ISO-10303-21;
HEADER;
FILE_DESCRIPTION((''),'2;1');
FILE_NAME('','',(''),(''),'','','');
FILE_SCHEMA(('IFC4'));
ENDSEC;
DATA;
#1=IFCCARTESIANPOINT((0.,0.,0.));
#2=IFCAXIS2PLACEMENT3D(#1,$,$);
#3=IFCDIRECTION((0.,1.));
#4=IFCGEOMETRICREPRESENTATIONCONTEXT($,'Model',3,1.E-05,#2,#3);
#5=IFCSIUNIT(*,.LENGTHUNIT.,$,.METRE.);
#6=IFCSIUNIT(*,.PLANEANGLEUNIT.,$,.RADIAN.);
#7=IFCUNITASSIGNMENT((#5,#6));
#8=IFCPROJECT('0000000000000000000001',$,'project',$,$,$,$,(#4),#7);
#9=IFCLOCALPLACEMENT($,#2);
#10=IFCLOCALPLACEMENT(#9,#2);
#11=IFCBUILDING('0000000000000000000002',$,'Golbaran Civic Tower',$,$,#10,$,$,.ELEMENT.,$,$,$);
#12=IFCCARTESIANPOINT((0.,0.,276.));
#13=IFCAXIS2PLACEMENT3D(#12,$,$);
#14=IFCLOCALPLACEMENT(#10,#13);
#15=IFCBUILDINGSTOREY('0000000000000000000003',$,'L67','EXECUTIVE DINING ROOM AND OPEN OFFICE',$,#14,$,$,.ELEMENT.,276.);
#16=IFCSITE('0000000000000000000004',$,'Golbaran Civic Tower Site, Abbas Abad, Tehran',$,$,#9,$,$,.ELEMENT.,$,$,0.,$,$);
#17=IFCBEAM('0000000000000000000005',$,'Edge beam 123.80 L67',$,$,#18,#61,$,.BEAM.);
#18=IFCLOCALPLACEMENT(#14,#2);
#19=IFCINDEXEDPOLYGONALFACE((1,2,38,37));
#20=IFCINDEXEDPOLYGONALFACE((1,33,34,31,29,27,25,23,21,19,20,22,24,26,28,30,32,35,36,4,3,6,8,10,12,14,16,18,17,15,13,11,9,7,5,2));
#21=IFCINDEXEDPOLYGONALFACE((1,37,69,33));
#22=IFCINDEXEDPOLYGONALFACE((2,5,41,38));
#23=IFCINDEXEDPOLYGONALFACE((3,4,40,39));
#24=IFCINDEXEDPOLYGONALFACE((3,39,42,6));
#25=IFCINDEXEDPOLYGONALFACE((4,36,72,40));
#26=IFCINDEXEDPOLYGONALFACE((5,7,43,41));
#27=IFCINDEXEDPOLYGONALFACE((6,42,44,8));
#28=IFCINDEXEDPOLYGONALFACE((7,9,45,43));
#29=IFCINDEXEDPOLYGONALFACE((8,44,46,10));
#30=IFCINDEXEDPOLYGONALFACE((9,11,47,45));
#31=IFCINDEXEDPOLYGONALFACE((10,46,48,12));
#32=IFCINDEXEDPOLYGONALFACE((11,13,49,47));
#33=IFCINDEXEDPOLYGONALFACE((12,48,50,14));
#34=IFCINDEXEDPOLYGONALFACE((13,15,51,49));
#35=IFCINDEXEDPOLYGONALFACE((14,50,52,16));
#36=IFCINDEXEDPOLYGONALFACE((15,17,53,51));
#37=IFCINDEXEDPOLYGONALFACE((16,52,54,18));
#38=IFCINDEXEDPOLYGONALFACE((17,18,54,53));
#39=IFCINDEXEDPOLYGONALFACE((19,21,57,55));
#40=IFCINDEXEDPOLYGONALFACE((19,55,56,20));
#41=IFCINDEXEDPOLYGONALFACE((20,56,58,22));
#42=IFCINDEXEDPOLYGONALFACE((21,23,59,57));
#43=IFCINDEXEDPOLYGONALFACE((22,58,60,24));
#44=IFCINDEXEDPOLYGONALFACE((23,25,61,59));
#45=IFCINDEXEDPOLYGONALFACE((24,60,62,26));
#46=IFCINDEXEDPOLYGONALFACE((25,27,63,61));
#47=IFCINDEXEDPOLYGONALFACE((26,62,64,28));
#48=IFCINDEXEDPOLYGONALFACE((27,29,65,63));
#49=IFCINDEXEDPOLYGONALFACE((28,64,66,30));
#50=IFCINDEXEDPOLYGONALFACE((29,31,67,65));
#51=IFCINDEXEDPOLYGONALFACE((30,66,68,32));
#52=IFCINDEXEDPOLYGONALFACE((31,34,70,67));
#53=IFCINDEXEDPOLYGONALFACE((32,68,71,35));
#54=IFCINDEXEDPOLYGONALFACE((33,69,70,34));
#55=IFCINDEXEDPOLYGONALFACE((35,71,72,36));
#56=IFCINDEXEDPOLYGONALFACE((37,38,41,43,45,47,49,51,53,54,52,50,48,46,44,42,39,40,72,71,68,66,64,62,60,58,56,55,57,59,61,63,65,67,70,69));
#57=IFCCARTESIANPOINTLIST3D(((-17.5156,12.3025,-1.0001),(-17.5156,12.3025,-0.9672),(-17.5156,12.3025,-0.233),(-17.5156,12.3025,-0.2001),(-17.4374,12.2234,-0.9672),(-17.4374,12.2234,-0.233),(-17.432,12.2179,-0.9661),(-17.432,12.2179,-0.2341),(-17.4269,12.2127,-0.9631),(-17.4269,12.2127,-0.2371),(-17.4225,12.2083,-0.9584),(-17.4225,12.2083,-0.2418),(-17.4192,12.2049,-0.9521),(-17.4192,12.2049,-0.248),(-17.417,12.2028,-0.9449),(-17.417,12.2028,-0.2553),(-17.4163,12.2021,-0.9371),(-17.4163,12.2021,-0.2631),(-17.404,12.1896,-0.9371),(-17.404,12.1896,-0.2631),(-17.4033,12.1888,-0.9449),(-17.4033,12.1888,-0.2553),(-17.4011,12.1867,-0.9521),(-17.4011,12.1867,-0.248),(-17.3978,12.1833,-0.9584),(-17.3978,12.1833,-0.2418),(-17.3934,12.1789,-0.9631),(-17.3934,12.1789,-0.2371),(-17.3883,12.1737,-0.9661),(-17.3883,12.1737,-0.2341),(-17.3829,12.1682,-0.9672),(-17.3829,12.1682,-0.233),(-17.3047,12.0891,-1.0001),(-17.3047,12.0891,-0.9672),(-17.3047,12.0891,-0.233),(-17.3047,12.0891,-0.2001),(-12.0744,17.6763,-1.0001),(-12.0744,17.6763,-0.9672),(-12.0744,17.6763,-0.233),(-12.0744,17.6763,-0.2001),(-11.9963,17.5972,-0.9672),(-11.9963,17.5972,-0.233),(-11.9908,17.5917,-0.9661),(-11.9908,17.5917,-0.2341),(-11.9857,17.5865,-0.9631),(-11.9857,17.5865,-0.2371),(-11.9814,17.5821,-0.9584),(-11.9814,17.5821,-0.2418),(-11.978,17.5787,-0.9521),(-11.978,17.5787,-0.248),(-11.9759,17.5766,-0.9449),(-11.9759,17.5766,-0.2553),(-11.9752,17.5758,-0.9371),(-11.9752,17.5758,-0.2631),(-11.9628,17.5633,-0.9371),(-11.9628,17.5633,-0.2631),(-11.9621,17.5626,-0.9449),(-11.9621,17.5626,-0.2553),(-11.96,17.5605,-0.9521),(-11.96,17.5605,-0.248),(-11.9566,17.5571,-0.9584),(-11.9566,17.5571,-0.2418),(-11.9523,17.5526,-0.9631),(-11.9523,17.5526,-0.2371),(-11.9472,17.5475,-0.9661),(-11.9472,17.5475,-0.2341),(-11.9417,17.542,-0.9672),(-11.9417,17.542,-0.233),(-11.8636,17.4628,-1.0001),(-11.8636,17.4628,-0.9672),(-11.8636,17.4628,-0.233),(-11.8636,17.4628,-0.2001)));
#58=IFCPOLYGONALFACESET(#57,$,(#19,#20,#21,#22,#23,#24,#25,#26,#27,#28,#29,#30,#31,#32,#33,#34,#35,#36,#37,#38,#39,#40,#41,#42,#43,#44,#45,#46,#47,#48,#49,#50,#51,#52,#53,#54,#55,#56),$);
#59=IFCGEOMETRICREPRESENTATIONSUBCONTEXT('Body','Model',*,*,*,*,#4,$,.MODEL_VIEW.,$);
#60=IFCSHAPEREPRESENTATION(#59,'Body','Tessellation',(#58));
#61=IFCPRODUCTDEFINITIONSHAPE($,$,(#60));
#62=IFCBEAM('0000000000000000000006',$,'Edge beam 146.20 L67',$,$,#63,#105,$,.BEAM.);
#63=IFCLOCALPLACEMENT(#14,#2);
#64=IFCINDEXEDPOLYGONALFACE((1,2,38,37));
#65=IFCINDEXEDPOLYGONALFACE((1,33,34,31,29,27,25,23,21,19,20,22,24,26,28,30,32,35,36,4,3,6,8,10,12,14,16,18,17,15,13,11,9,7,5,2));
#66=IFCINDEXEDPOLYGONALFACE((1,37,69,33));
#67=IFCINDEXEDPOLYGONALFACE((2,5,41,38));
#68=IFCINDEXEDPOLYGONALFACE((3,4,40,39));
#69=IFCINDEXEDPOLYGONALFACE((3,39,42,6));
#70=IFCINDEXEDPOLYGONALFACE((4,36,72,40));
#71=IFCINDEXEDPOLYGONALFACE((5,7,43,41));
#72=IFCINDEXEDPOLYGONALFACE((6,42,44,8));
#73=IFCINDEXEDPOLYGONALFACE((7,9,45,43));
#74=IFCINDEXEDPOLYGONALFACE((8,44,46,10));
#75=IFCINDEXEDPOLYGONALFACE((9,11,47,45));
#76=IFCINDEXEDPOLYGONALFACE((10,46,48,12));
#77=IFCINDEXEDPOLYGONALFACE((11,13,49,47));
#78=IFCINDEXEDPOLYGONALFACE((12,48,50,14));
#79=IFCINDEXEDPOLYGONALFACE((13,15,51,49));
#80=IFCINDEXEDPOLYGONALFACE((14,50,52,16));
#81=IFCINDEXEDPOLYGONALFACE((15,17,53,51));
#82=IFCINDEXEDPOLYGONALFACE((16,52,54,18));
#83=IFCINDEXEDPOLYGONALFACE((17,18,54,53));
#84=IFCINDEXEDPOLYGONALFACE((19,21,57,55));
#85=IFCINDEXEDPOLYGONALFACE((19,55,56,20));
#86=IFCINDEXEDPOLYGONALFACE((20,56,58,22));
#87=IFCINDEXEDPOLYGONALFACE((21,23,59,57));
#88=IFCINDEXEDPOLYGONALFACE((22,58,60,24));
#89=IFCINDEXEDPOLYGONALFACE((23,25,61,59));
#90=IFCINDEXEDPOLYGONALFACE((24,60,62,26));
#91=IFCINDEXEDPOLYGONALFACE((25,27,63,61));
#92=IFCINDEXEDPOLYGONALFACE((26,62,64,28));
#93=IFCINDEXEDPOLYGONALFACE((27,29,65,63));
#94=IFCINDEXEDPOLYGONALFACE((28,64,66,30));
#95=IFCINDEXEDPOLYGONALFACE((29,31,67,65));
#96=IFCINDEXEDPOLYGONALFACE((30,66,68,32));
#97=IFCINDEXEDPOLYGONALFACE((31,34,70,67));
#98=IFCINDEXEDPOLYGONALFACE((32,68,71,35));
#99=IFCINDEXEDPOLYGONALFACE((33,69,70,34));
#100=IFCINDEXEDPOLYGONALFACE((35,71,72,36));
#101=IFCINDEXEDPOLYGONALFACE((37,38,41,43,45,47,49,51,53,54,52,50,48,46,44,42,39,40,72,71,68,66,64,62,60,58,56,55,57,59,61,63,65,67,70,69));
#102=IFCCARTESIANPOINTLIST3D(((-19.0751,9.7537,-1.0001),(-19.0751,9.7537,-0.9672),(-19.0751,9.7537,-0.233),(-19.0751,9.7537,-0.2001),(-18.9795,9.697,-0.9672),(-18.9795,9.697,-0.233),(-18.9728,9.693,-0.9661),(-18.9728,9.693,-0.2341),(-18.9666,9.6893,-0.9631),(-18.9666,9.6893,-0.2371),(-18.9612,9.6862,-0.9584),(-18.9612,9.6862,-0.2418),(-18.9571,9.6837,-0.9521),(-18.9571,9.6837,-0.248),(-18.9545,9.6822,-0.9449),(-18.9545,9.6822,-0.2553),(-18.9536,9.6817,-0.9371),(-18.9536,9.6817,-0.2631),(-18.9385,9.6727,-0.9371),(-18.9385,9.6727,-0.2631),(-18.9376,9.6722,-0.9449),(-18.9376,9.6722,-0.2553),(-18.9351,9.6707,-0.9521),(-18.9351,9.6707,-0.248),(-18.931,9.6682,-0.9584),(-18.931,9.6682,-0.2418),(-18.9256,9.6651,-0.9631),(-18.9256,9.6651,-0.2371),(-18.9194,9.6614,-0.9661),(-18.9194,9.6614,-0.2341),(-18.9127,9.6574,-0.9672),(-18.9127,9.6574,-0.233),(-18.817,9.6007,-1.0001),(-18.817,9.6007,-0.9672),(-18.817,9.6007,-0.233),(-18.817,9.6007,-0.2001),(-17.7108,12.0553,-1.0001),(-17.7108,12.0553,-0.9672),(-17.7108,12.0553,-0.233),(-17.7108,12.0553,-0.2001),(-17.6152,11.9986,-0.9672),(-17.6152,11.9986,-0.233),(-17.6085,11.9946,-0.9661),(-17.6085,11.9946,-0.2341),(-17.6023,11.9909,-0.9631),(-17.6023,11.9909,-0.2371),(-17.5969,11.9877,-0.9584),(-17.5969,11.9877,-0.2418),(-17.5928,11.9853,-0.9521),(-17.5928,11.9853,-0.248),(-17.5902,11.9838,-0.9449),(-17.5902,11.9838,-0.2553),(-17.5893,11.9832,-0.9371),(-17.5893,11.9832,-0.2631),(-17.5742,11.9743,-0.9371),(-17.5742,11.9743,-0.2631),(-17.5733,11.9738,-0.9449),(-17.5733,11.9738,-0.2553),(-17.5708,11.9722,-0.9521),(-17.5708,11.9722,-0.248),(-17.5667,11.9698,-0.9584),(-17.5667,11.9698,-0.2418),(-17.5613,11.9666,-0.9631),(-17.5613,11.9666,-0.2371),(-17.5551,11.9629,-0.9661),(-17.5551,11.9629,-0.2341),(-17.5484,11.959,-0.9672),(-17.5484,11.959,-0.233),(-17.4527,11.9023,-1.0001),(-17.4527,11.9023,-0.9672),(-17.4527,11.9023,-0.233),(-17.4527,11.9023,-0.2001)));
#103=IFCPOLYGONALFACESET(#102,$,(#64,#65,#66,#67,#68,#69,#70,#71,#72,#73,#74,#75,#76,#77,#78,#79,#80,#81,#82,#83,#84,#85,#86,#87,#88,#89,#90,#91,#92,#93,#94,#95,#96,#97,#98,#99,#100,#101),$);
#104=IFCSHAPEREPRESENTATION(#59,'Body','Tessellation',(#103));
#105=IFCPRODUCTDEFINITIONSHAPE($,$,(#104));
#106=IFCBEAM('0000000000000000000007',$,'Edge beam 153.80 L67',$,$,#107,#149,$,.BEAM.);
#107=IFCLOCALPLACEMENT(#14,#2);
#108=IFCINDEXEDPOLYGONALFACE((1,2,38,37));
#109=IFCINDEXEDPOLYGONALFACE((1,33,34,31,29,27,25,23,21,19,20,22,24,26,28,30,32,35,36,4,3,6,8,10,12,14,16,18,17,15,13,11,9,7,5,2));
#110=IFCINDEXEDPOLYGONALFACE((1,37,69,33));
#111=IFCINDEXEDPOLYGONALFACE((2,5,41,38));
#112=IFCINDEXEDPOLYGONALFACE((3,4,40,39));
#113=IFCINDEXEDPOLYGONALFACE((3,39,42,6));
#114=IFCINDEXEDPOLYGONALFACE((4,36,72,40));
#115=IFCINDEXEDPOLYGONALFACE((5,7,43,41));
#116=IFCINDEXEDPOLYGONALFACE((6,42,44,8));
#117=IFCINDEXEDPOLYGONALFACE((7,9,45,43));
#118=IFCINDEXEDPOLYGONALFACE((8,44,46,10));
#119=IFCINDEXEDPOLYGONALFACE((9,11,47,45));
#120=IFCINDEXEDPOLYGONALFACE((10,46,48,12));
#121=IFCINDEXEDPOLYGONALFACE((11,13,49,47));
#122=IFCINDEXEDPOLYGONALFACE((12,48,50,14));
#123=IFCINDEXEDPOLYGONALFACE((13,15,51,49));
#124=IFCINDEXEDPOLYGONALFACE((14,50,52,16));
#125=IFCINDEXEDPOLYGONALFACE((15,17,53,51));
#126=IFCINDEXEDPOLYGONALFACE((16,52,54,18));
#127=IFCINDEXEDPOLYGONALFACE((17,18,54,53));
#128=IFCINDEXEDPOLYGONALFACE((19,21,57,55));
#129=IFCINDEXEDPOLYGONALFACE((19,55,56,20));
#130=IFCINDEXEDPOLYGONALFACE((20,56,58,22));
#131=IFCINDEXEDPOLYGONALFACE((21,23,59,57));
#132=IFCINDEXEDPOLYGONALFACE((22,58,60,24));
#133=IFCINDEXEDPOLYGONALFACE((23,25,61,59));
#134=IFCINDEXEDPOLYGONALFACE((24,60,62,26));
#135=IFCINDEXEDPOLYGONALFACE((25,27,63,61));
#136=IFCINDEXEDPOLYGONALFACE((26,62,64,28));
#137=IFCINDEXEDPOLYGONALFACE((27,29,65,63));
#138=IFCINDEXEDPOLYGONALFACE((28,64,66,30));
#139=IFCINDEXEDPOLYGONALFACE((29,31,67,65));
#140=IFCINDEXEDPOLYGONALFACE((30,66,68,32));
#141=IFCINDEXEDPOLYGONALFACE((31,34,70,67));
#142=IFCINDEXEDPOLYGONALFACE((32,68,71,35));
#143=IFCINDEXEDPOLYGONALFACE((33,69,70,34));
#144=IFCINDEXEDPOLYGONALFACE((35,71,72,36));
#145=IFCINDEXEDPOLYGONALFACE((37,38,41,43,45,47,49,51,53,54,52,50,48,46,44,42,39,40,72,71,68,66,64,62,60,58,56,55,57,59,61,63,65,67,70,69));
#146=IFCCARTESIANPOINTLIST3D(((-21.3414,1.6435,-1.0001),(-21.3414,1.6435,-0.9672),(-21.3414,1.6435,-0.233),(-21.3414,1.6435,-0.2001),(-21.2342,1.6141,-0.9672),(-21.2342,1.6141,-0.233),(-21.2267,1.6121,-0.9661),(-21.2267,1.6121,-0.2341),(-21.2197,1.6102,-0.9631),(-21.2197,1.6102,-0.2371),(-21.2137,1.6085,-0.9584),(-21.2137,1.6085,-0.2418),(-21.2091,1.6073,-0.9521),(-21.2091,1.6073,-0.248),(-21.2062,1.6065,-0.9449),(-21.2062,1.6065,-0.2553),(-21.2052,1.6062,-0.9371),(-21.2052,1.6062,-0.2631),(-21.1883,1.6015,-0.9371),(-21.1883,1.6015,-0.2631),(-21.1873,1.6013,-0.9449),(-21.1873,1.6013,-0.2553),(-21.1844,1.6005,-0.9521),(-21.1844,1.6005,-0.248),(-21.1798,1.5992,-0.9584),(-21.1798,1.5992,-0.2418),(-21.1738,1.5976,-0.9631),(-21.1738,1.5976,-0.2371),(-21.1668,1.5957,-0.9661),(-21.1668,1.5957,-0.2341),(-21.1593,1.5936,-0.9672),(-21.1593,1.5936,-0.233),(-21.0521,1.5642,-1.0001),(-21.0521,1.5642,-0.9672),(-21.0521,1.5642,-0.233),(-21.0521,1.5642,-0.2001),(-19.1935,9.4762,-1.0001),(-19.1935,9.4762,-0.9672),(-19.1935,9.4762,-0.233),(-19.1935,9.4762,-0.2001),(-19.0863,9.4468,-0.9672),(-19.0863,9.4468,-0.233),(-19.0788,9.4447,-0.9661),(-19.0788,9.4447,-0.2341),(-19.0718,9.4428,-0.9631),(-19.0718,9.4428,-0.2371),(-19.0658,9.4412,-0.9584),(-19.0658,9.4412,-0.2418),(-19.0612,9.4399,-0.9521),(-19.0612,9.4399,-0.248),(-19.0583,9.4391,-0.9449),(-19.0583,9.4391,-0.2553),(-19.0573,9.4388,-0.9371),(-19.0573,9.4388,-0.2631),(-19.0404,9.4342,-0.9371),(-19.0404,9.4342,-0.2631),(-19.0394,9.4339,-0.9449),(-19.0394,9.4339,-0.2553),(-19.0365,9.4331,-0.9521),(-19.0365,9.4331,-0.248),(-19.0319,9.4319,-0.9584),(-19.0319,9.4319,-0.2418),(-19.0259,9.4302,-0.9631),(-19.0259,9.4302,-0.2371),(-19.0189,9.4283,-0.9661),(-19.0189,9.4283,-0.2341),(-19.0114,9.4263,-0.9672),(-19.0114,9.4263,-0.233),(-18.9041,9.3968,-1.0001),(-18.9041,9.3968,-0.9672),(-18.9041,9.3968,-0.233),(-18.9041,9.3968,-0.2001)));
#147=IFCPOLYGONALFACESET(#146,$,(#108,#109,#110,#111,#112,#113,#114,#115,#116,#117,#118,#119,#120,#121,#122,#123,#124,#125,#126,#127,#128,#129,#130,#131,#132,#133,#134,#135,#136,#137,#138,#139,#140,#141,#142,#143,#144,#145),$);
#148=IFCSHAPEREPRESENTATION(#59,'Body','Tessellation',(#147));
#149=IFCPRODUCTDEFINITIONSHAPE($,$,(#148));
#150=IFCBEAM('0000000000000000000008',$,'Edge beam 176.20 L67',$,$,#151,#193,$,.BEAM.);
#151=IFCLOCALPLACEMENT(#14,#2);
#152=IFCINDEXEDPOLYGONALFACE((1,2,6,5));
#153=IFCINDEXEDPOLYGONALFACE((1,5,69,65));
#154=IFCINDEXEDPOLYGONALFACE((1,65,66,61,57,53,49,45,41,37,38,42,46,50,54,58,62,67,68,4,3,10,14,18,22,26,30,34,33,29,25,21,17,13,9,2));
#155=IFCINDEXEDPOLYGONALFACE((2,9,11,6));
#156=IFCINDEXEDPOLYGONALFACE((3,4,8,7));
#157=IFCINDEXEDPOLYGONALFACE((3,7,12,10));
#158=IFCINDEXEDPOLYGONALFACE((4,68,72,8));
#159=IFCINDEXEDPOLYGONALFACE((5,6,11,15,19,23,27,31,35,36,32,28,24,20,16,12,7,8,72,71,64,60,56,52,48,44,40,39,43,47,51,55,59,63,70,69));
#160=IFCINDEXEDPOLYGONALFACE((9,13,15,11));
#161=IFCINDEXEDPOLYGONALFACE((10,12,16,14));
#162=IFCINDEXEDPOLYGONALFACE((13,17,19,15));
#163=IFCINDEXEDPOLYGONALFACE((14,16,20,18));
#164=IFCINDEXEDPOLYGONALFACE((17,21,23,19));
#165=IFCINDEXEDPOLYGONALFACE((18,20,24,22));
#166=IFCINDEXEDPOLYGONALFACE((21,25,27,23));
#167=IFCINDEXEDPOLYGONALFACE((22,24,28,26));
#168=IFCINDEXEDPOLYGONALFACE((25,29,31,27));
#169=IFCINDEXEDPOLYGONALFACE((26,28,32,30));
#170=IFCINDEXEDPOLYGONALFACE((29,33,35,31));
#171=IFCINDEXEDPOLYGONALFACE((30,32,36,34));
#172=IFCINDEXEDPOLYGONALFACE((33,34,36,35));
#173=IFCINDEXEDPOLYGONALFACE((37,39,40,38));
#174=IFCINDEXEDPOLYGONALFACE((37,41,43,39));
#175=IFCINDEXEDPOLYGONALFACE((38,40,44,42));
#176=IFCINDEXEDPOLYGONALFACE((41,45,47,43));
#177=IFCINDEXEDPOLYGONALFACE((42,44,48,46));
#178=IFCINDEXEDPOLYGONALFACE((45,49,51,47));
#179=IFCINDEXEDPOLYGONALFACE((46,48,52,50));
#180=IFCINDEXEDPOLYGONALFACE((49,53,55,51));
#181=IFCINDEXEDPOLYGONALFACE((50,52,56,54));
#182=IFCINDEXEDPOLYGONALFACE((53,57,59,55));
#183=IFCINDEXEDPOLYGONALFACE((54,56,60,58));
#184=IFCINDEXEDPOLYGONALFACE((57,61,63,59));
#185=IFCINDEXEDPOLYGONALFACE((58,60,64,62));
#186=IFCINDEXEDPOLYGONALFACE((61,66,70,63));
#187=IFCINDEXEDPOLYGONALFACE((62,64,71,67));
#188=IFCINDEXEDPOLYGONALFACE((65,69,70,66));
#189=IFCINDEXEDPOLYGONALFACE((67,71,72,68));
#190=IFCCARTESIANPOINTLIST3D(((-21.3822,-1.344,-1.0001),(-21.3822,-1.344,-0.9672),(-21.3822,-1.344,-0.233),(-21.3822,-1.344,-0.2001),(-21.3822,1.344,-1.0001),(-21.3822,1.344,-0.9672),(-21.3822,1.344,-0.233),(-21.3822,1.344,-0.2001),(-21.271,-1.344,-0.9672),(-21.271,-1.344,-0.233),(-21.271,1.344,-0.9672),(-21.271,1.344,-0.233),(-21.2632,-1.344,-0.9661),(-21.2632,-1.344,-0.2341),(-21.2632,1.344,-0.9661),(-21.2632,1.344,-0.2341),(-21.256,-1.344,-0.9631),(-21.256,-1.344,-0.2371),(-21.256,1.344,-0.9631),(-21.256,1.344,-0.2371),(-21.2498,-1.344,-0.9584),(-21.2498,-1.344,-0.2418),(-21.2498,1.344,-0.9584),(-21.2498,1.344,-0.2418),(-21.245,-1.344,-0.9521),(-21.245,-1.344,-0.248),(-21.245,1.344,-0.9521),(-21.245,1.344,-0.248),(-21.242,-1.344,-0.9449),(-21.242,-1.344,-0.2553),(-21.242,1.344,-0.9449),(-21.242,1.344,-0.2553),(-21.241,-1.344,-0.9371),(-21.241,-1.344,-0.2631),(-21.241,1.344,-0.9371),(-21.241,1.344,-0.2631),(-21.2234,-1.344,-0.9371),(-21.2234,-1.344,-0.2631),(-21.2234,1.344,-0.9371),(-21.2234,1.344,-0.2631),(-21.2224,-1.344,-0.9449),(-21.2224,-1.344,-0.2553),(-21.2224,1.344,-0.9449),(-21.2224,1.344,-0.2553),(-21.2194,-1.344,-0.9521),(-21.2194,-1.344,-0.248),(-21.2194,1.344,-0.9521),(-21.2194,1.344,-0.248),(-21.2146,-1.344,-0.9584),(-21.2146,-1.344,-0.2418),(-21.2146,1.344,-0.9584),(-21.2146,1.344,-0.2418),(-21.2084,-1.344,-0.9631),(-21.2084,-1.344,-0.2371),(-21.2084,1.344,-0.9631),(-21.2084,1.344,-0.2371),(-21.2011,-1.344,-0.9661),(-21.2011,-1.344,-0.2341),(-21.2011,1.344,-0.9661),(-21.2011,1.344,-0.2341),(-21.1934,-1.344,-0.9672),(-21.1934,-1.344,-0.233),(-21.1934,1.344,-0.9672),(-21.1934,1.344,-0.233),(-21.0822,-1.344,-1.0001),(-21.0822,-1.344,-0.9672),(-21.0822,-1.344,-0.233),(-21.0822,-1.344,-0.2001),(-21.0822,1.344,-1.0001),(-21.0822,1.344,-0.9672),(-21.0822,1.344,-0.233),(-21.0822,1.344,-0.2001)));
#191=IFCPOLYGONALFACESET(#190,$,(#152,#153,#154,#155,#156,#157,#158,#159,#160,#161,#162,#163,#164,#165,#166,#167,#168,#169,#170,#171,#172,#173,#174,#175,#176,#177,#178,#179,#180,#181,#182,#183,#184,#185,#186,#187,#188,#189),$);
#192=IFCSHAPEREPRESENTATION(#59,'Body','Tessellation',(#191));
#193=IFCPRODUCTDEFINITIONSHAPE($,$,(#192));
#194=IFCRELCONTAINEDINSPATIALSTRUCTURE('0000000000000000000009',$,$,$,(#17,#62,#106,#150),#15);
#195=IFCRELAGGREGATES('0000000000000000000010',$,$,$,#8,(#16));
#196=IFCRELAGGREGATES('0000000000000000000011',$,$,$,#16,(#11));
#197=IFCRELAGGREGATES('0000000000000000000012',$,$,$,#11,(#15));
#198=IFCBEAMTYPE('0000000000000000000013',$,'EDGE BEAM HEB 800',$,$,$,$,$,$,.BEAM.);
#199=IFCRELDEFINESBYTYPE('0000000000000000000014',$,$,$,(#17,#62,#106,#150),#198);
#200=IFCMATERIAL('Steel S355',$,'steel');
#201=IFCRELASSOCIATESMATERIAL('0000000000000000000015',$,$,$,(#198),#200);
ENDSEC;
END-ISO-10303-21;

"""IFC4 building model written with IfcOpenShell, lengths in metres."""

from ifc_helpers import new_model, si_unit, direction, frame, origin, origin_2d, place, context, subcontext, project, spatial, i_section, extrude, material, material_profile, profile_set, type_object, element, save


model = new_model("IFC4")

# Units and contexts
model_context = context("Model", 3, precision=1e-05, world=origin(), true_north=direction((0.0, 1.0)))
body_context = subcontext(model_context, "Body", "Model", "MODEL_VIEW")
ifc_project = project(units=[si_unit("LENGTHUNIT", "METRE"), si_unit("PLANEANGLEUNIT", "RADIAN")], contexts=[model_context])

# Site, building, storey
site_placement = place(None, origin())
site = spatial("IfcSite", under=ifc_project, at=site_placement, Name="Golbaran Civic Tower Site, Abbas Abad, Tehran", CompositionType="ELEMENT", RefElevation=0.0)
building_placement = place(site_placement, origin())
building = spatial("IfcBuilding", under=site, at=building_placement, Name="Golbaran Civic Tower", CompositionType="ELEMENT")
storey_placement = place(building_placement, frame((0.0, 0.0, 276.0)))
storey = spatial("IfcBuildingStorey", under=building, at=storey_placement, Name="L67", Description="EXECUTIVE DINING ROOM AND OPEN OFFICE", CompositionType="ELEMENT", Elevation=276.0)

# Beams
ifc_material_1 = material(Name="Steel S355", Category="steel")
ifc_material_profile_1 = material_profile(ifc_material_1, i_section(OverallWidth=0.3, OverallDepth=0.8, WebThickness=0.0176, FlangeThickness=0.033, FilletRadius=0.03, at=origin_2d()), Name="HEB 800")
ifc_profile_set_1 = profile_set([ifc_material_profile_1], Name="Steel S355")
beam_type_1 = type_object("IfcBeamType", Name="EDGE BEAM HEB 800", PredefinedType="BEAM", material=ifc_profile_set_1)
beam_1_placement = place(storey_placement, frame((-11.969, 17.5696, -0.6001), z_axis=(-0.711499, -0.702687, 0.0), x_axis=(0.702687, -0.711499, 0.0)))
element("IfcBeam", 1, at=beam_1_placement, inside=storey, type_object=beam_type_1, Name="Edge beam 123.80 L67", PredefinedType="BEAM", context=body_context, shape_type="SweptSolid", body=[
    extrude(i_section(OverallWidth=0.3, OverallDepth=0.8, WebThickness=0.0176, FlangeThickness=0.033, FilletRadius=0.03, at=origin_2d()), origin(), (0.0, 0.0, 1.0), 7.6475),
])
beam_2_placement = place(storey_placement, frame((-17.5818, 11.9788, -0.6001), z_axis=(-0.509912, -0.860226, 0.0), x_axis=(0.860226, -0.509912, 0.0)))
element("IfcBeam", 2, at=beam_2_placement, inside=storey, type_object=beam_type_1, Name="Edge beam 146.20 L67", PredefinedType="BEAM", context=body_context, shape_type="SweptSolid", body=[
    extrude(i_section(OverallWidth=0.3, OverallDepth=0.8, WebThickness=0.0176, FlangeThickness=0.033, FilletRadius=0.03, at=origin_2d()), origin(), (0.0, 0.0, 1.0), 2.6755),
])
beam_3_placement = place(storey_placement, frame((-19.0488, 9.4365, -0.6001), z_axis=(-0.264463, -0.964396, 0.0), x_axis=(0.964396, -0.264463, 0.0)))
element("IfcBeam", 3, at=beam_3_placement, inside=storey, type_object=beam_type_1, Name="Edge beam 153.80 L67", PredefinedType="BEAM", context=body_context, shape_type="SweptSolid", body=[
    extrude(i_section(OverallWidth=0.3, OverallDepth=0.8, WebThickness=0.0176, FlangeThickness=0.033, FilletRadius=0.03, at=origin_2d()), origin(), (0.0, 0.0, 1.0), 8.1218),
])
beam_4_placement = place(storey_placement, frame((-21.2322, 1.344, -0.6001), z_axis=(0.0, -1.0, 0.0), x_axis=(1.0, 0.0, 0.0)))
element("IfcBeam", 4, at=beam_4_placement, inside=storey, type_object=beam_type_1, Name="Edge beam 176.20 L67", PredefinedType="BEAM", context=body_context, shape_type="SweptSolid", body=[
    extrude(i_section(OverallWidth=0.3, OverallDepth=0.8, WebThickness=0.0176, FlangeThickness=0.033, FilletRadius=0.03, at=origin_2d()), origin(), (0.0, 0.0, 1.0), 2.688),
])

save(model, "model.ifc")
